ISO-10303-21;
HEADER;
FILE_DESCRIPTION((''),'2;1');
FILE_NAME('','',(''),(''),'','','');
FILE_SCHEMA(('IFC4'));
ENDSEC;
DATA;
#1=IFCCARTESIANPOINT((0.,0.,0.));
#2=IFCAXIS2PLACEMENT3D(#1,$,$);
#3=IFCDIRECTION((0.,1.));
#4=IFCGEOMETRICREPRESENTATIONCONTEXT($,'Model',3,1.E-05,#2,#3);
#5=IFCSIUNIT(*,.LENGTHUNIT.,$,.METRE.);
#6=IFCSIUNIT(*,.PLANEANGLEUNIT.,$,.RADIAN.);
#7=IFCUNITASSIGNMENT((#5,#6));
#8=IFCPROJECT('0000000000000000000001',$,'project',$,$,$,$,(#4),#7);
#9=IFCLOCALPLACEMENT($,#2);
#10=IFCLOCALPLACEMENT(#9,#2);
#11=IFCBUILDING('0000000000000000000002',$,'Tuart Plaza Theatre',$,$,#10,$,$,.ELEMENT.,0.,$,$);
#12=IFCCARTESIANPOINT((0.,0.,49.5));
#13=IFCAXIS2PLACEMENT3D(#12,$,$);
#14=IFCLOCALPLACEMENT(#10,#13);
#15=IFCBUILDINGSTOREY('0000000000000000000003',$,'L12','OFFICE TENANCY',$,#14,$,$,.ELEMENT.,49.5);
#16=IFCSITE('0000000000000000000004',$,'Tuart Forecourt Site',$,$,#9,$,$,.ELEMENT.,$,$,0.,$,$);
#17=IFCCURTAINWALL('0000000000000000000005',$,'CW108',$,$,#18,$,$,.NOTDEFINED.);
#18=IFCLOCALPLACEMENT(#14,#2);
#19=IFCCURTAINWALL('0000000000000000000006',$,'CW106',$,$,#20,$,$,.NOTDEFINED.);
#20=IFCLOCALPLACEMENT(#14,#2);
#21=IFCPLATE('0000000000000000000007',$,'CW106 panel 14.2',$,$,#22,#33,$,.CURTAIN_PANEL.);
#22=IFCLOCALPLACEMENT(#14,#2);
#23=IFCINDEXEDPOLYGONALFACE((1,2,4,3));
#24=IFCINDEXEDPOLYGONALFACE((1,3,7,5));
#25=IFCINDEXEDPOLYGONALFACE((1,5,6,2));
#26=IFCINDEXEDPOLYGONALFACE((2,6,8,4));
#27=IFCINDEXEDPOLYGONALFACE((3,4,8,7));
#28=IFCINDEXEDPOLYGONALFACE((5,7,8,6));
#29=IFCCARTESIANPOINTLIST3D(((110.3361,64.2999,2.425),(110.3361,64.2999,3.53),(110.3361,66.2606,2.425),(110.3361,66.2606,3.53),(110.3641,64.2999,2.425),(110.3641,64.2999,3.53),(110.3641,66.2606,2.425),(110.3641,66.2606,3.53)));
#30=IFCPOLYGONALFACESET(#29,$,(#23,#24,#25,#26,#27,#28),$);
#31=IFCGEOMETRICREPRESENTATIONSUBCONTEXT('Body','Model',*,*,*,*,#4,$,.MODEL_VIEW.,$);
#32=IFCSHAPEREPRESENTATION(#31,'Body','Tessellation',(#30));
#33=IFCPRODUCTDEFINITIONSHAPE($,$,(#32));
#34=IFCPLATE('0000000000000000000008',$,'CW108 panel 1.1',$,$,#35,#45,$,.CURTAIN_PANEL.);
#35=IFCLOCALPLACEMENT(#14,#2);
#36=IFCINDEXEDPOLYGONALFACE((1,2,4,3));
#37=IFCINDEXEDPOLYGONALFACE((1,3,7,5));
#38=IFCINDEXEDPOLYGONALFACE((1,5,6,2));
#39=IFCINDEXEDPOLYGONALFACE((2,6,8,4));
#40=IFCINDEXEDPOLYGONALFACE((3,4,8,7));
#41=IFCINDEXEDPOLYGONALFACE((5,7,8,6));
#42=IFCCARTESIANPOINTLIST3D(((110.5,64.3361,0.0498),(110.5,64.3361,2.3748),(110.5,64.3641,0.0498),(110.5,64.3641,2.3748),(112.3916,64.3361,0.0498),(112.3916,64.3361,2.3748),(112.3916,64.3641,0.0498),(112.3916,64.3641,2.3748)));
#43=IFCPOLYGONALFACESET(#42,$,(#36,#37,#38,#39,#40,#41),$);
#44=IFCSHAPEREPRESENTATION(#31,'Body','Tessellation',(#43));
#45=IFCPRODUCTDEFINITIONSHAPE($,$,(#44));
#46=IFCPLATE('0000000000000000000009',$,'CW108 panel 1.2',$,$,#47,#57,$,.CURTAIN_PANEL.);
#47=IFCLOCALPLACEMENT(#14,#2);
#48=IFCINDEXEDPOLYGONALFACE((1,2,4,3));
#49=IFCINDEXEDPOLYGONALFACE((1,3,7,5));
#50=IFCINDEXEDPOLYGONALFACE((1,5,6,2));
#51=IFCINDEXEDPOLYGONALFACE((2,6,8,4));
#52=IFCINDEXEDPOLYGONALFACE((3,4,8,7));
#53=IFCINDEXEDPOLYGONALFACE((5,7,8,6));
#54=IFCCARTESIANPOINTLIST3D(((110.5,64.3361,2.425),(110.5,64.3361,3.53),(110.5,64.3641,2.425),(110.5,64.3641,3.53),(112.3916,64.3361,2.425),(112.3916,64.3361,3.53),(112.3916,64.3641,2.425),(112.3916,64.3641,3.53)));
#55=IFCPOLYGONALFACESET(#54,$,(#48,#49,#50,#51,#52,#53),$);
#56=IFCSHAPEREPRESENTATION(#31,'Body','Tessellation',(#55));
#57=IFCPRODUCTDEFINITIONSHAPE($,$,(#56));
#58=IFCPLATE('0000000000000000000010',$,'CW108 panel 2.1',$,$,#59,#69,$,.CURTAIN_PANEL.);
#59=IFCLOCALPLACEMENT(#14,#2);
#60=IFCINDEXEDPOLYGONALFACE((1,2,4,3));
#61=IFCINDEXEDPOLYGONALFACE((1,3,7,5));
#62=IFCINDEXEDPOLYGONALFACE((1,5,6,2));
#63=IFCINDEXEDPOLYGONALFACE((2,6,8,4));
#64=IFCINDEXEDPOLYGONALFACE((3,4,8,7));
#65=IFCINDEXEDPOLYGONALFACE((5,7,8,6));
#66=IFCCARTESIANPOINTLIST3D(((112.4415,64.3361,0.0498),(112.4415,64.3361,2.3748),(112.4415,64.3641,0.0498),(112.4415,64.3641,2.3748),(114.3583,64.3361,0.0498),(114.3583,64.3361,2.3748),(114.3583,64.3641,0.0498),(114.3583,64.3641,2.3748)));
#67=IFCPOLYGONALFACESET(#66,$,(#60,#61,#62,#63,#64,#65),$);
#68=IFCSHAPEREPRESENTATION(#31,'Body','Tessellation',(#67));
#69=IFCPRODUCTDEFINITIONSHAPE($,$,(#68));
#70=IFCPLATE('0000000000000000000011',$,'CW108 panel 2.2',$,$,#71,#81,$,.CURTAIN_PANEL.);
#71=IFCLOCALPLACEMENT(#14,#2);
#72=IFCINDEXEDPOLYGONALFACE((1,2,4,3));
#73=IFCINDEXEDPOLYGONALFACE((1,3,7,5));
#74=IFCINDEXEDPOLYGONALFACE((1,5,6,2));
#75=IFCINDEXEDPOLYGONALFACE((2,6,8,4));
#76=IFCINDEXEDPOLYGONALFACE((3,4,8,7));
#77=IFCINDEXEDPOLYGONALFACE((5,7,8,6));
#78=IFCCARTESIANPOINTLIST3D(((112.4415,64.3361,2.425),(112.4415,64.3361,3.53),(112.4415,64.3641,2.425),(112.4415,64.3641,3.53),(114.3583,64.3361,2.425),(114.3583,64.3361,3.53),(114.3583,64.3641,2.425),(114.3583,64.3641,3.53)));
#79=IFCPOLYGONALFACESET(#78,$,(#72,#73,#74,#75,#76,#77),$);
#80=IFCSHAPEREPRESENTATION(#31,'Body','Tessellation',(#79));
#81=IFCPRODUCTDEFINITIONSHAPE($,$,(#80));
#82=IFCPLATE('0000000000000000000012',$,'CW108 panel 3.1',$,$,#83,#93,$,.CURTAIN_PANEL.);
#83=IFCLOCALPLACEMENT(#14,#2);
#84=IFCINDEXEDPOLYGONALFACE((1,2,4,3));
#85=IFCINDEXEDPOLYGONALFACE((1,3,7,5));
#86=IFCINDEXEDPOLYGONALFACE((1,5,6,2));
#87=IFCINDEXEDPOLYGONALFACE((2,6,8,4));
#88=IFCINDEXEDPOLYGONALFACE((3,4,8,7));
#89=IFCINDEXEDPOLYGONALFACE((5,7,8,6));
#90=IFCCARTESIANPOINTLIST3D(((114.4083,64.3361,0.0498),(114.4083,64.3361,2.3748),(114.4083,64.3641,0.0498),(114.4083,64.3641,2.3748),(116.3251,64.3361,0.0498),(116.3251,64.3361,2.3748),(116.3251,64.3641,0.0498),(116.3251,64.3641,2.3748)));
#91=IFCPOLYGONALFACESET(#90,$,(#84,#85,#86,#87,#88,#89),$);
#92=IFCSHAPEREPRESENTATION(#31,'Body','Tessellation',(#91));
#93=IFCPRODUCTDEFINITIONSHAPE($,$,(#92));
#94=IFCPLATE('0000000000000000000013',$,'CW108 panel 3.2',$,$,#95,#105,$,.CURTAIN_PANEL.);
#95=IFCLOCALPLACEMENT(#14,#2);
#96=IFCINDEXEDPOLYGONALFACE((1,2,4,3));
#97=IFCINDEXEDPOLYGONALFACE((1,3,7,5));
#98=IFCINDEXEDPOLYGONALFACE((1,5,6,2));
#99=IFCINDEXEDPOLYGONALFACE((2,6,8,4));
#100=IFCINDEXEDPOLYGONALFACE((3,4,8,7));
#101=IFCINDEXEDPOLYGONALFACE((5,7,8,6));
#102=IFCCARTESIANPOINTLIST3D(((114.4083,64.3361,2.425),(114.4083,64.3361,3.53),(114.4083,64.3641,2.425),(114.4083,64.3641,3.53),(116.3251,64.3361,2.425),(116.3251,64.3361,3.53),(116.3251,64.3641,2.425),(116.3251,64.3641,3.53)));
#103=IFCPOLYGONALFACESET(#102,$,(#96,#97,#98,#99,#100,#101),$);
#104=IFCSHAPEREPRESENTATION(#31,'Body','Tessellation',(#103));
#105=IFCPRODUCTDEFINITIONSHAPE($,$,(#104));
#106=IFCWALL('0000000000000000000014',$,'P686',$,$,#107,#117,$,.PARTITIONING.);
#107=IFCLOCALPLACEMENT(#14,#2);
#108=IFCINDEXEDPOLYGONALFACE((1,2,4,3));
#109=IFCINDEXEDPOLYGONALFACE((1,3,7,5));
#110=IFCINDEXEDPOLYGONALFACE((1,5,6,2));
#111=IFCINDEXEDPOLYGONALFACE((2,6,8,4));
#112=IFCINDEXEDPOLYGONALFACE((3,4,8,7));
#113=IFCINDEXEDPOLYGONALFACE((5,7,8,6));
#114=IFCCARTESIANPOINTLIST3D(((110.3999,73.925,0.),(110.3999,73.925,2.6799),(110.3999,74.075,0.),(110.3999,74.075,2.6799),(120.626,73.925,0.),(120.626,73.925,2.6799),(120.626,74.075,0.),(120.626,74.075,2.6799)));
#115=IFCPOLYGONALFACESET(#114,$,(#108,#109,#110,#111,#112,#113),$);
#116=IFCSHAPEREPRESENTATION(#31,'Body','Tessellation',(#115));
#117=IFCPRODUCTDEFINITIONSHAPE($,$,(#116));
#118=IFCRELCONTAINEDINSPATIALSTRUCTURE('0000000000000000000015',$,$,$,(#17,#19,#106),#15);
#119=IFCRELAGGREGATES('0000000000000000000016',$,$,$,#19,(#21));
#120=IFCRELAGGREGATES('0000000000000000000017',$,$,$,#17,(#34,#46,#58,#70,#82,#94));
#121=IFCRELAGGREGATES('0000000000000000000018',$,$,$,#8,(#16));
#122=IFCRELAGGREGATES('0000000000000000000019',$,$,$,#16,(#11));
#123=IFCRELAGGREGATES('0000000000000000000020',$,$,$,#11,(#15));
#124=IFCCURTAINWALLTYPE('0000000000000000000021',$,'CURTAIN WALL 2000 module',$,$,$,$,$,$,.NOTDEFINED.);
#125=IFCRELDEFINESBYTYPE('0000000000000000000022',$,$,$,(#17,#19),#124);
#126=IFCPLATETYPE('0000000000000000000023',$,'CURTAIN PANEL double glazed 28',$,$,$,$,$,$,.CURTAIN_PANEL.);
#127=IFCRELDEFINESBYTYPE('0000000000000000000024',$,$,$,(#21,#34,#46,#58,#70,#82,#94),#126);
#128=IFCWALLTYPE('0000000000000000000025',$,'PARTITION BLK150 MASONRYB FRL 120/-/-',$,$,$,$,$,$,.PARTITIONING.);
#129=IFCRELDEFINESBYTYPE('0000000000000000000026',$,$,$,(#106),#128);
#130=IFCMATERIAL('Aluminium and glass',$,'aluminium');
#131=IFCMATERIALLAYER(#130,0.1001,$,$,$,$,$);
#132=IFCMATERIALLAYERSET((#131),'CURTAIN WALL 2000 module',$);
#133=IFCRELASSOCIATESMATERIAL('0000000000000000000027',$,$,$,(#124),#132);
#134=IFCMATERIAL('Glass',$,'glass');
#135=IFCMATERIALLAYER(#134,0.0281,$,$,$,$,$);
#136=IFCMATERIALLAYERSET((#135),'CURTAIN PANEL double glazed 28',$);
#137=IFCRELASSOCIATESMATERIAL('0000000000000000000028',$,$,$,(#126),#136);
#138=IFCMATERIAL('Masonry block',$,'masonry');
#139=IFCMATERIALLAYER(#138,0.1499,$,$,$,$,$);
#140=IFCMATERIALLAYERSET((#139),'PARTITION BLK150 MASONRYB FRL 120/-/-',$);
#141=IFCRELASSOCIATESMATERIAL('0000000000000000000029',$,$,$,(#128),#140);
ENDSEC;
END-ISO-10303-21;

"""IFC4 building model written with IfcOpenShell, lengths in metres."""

from ifc_helpers import new_model, si_unit, direction, frame, frame_2d, origin, origin_2d, place, context, subcontext, project, spatial, rectangle, extrude, material, layer, layer_set, type_object, element, aggregate, save


model = new_model("IFC4")

# Units and contexts
model_context = context("Model", 3, precision=1e-05, world=origin(), true_north=direction((0.0, 1.0)))
body_context = subcontext(model_context, "Body", "Model", "MODEL_VIEW")
ifc_project = project(units=[si_unit("LENGTHUNIT", "METRE"), si_unit("PLANEANGLEUNIT", "RADIAN")], contexts=[model_context])

# Site, building, storey
site_placement = place(None, origin())
site = spatial("IfcSite", under=ifc_project, at=site_placement, Name="Tuart Forecourt Site", CompositionType="ELEMENT", RefElevation=0.0)
building_placement = place(site_placement, origin())
building = spatial("IfcBuilding", under=site, at=building_placement, Name="Tuart Plaza Theatre", CompositionType="ELEMENT", ElevationOfRefHeight=0.0)
storey_placement = place(building_placement, frame((0.0, 0.0, 49.5)))
storey = spatial("IfcBuildingStorey", under=building, at=storey_placement, Name="L12", Description="OFFICE TENANCY", CompositionType="ELEMENT", Elevation=49.5)

# Curtain walls
ifc_material_1 = material(Name="Aluminium and glass", Category="aluminium")
ifc_layer_1 = layer(ifc_material_1, 0.1001)
ifc_layer_set_1 = layer_set([ifc_layer_1], Name="CURTAIN WALL 2000 module")
curtain_wall_type = type_object("IfcCurtainWallType", Name="CURTAIN WALL 2000 module", PredefinedType="NOTDEFINED", material=ifc_layer_set_1)
curtain_wall_1_placement = place(storey_placement, origin())
curtain_wall_1 = element("IfcCurtainWall", 1, at=curtain_wall_1_placement, inside=storey, type_object=curtain_wall_type, Name="CW108", PredefinedType="NOTDEFINED")
curtain_wall_2_placement = place(storey_placement, origin())
curtain_wall_2 = element("IfcCurtainWall", 2, at=curtain_wall_2_placement, inside=storey, type_object=curtain_wall_type, Name="CW106", PredefinedType="NOTDEFINED")

# Plates
ifc_material_2 = material(Name="Glass", Category="glass")
ifc_layer_2 = layer(ifc_material_2, 0.0281)
ifc_layer_set_2 = layer_set([ifc_layer_2], Name="CURTAIN PANEL double glazed 28")
plate_type = type_object("IfcPlateType", Name="CURTAIN PANEL double glazed 28", PredefinedType="CURTAIN_PANEL", material=ifc_layer_set_2)
plate_1_placement = place(storey_placement, frame((110.3501, 65.2803, 2.425), z_axis=(0.0, 0.0, 1.0), x_axis=(0.0, -1.0, 0.0)))
plate_1 = element("IfcPlate", 3, at=plate_1_placement, type_object=plate_type, Name="CW106 panel 14.2", PredefinedType="CURTAIN_PANEL", context=body_context, shape_type="SweptSolid", body=[
    extrude(rectangle(XDim=1.9607, YDim=0.0281, at=origin_2d()), origin(), (0.0, 0.0, 1.0), 1.105),
])
aggregate(curtain_wall_2, [plate_1])
plate_2_placement = place(storey_placement, frame((111.4458, 64.3501, 0.0498), z_axis=(0.0, 0.0, 1.0), x_axis=(1.0, 0.0, 0.0)))
plate_2 = element("IfcPlate", 4, at=plate_2_placement, type_object=plate_type, Name="CW108 panel 1.1", PredefinedType="CURTAIN_PANEL", context=body_context, shape_type="SweptSolid", body=[
    extrude(rectangle(XDim=1.8916, YDim=0.0281, at=origin_2d()), origin(), (0.0, 0.0, 1.0), 2.325),
])
plate_3_placement = place(storey_placement, frame((111.4458, 64.3501, 2.425), z_axis=(0.0, 0.0, 1.0), x_axis=(1.0, 0.0, 0.0)))
plate_3 = element("IfcPlate", 5, at=plate_3_placement, type_object=plate_type, Name="CW108 panel 1.2", PredefinedType="CURTAIN_PANEL", context=body_context, shape_type="SweptSolid", body=[
    extrude(rectangle(XDim=1.8916, YDim=0.0281, at=origin_2d()), origin(), (0.0, 0.0, 1.0), 1.105),
])
plate_4_placement = place(storey_placement, frame((113.3999, 64.3501, 0.0498), z_axis=(0.0, 0.0, 1.0), x_axis=(1.0, 0.0, 0.0)))
plate_4 = element("IfcPlate", 6, at=plate_4_placement, type_object=plate_type, Name="CW108 panel 2.1", PredefinedType="CURTAIN_PANEL", context=body_context, shape_type="SweptSolid", body=[
    extrude(rectangle(XDim=1.9167, YDim=0.0281, at=origin_2d()), origin(), (0.0, 0.0, 1.0), 2.325),
])
plate_5_placement = place(storey_placement, frame((113.3999, 64.3501, 2.425), z_axis=(0.0, 0.0, 1.0), x_axis=(1.0, 0.0, 0.0)))
plate_5 = element("IfcPlate", 7, at=plate_5_placement, type_object=plate_type, Name="CW108 panel 2.2", PredefinedType="CURTAIN_PANEL", context=body_context, shape_type="SweptSolid", body=[
    extrude(rectangle(XDim=1.9167, YDim=0.0281, at=origin_2d()), origin(), (0.0, 0.0, 1.0), 1.105),
])
plate_6_placement = place(storey_placement, frame((115.3667, 64.3501, 0.0498), z_axis=(0.0, 0.0, 1.0), x_axis=(1.0, 0.0, 0.0)))
plate_6 = element("IfcPlate", 8, at=plate_6_placement, type_object=plate_type, Name="CW108 panel 3.1", PredefinedType="CURTAIN_PANEL", context=body_context, shape_type="SweptSolid", body=[
    extrude(rectangle(XDim=1.9167, YDim=0.0281, at=origin_2d()), origin(), (0.0, 0.0, 1.0), 2.325),
])
plate_7_placement = place(storey_placement, frame((115.3667, 64.3501, 2.425), z_axis=(0.0, 0.0, 1.0), x_axis=(1.0, 0.0, 0.0)))
plate_7 = element("IfcPlate", 9, at=plate_7_placement, type_object=plate_type, Name="CW108 panel 3.2", PredefinedType="CURTAIN_PANEL", context=body_context, shape_type="SweptSolid", body=[
    extrude(rectangle(XDim=1.9167, YDim=0.0281, at=origin_2d()), origin(), (0.0, 0.0, 1.0), 1.105),
])
aggregate(curtain_wall_1, [plate_2, plate_3, plate_4, plate_5, plate_6, plate_7])

# Wall
ifc_material_3 = material(Name="Masonry block", Category="masonry")
ifc_layer_3 = layer(ifc_material_3, 0.1499)
ifc_layer_set_3 = layer_set([ifc_layer_3], Name="PARTITION BLK150 MASONRYB FRL 120/-/-")
wall_type = type_object("IfcWallType", Name="PARTITION BLK150 MASONRYB FRL 120/-/-", PredefinedType="PARTITIONING", material=ifc_layer_set_3)
wall_placement = place(storey_placement, frame((110.3999, 74.0, 0.0), z_axis=(0.0, 0.0, 1.0), x_axis=(1.0, 0.0, 0.0)))
element("IfcWall", 10, at=wall_placement, inside=storey, type_object=wall_type, Name="P686", PredefinedType="PARTITIONING", context=body_context, shape_type="SweptSolid", body=[
    extrude(rectangle(XDim=10.2261, YDim=0.1499, at=frame_2d((5.113, 0.0))), origin(), (0.0, 0.0, 1.0), 2.6799),
])

save(model, "model.ifc")
